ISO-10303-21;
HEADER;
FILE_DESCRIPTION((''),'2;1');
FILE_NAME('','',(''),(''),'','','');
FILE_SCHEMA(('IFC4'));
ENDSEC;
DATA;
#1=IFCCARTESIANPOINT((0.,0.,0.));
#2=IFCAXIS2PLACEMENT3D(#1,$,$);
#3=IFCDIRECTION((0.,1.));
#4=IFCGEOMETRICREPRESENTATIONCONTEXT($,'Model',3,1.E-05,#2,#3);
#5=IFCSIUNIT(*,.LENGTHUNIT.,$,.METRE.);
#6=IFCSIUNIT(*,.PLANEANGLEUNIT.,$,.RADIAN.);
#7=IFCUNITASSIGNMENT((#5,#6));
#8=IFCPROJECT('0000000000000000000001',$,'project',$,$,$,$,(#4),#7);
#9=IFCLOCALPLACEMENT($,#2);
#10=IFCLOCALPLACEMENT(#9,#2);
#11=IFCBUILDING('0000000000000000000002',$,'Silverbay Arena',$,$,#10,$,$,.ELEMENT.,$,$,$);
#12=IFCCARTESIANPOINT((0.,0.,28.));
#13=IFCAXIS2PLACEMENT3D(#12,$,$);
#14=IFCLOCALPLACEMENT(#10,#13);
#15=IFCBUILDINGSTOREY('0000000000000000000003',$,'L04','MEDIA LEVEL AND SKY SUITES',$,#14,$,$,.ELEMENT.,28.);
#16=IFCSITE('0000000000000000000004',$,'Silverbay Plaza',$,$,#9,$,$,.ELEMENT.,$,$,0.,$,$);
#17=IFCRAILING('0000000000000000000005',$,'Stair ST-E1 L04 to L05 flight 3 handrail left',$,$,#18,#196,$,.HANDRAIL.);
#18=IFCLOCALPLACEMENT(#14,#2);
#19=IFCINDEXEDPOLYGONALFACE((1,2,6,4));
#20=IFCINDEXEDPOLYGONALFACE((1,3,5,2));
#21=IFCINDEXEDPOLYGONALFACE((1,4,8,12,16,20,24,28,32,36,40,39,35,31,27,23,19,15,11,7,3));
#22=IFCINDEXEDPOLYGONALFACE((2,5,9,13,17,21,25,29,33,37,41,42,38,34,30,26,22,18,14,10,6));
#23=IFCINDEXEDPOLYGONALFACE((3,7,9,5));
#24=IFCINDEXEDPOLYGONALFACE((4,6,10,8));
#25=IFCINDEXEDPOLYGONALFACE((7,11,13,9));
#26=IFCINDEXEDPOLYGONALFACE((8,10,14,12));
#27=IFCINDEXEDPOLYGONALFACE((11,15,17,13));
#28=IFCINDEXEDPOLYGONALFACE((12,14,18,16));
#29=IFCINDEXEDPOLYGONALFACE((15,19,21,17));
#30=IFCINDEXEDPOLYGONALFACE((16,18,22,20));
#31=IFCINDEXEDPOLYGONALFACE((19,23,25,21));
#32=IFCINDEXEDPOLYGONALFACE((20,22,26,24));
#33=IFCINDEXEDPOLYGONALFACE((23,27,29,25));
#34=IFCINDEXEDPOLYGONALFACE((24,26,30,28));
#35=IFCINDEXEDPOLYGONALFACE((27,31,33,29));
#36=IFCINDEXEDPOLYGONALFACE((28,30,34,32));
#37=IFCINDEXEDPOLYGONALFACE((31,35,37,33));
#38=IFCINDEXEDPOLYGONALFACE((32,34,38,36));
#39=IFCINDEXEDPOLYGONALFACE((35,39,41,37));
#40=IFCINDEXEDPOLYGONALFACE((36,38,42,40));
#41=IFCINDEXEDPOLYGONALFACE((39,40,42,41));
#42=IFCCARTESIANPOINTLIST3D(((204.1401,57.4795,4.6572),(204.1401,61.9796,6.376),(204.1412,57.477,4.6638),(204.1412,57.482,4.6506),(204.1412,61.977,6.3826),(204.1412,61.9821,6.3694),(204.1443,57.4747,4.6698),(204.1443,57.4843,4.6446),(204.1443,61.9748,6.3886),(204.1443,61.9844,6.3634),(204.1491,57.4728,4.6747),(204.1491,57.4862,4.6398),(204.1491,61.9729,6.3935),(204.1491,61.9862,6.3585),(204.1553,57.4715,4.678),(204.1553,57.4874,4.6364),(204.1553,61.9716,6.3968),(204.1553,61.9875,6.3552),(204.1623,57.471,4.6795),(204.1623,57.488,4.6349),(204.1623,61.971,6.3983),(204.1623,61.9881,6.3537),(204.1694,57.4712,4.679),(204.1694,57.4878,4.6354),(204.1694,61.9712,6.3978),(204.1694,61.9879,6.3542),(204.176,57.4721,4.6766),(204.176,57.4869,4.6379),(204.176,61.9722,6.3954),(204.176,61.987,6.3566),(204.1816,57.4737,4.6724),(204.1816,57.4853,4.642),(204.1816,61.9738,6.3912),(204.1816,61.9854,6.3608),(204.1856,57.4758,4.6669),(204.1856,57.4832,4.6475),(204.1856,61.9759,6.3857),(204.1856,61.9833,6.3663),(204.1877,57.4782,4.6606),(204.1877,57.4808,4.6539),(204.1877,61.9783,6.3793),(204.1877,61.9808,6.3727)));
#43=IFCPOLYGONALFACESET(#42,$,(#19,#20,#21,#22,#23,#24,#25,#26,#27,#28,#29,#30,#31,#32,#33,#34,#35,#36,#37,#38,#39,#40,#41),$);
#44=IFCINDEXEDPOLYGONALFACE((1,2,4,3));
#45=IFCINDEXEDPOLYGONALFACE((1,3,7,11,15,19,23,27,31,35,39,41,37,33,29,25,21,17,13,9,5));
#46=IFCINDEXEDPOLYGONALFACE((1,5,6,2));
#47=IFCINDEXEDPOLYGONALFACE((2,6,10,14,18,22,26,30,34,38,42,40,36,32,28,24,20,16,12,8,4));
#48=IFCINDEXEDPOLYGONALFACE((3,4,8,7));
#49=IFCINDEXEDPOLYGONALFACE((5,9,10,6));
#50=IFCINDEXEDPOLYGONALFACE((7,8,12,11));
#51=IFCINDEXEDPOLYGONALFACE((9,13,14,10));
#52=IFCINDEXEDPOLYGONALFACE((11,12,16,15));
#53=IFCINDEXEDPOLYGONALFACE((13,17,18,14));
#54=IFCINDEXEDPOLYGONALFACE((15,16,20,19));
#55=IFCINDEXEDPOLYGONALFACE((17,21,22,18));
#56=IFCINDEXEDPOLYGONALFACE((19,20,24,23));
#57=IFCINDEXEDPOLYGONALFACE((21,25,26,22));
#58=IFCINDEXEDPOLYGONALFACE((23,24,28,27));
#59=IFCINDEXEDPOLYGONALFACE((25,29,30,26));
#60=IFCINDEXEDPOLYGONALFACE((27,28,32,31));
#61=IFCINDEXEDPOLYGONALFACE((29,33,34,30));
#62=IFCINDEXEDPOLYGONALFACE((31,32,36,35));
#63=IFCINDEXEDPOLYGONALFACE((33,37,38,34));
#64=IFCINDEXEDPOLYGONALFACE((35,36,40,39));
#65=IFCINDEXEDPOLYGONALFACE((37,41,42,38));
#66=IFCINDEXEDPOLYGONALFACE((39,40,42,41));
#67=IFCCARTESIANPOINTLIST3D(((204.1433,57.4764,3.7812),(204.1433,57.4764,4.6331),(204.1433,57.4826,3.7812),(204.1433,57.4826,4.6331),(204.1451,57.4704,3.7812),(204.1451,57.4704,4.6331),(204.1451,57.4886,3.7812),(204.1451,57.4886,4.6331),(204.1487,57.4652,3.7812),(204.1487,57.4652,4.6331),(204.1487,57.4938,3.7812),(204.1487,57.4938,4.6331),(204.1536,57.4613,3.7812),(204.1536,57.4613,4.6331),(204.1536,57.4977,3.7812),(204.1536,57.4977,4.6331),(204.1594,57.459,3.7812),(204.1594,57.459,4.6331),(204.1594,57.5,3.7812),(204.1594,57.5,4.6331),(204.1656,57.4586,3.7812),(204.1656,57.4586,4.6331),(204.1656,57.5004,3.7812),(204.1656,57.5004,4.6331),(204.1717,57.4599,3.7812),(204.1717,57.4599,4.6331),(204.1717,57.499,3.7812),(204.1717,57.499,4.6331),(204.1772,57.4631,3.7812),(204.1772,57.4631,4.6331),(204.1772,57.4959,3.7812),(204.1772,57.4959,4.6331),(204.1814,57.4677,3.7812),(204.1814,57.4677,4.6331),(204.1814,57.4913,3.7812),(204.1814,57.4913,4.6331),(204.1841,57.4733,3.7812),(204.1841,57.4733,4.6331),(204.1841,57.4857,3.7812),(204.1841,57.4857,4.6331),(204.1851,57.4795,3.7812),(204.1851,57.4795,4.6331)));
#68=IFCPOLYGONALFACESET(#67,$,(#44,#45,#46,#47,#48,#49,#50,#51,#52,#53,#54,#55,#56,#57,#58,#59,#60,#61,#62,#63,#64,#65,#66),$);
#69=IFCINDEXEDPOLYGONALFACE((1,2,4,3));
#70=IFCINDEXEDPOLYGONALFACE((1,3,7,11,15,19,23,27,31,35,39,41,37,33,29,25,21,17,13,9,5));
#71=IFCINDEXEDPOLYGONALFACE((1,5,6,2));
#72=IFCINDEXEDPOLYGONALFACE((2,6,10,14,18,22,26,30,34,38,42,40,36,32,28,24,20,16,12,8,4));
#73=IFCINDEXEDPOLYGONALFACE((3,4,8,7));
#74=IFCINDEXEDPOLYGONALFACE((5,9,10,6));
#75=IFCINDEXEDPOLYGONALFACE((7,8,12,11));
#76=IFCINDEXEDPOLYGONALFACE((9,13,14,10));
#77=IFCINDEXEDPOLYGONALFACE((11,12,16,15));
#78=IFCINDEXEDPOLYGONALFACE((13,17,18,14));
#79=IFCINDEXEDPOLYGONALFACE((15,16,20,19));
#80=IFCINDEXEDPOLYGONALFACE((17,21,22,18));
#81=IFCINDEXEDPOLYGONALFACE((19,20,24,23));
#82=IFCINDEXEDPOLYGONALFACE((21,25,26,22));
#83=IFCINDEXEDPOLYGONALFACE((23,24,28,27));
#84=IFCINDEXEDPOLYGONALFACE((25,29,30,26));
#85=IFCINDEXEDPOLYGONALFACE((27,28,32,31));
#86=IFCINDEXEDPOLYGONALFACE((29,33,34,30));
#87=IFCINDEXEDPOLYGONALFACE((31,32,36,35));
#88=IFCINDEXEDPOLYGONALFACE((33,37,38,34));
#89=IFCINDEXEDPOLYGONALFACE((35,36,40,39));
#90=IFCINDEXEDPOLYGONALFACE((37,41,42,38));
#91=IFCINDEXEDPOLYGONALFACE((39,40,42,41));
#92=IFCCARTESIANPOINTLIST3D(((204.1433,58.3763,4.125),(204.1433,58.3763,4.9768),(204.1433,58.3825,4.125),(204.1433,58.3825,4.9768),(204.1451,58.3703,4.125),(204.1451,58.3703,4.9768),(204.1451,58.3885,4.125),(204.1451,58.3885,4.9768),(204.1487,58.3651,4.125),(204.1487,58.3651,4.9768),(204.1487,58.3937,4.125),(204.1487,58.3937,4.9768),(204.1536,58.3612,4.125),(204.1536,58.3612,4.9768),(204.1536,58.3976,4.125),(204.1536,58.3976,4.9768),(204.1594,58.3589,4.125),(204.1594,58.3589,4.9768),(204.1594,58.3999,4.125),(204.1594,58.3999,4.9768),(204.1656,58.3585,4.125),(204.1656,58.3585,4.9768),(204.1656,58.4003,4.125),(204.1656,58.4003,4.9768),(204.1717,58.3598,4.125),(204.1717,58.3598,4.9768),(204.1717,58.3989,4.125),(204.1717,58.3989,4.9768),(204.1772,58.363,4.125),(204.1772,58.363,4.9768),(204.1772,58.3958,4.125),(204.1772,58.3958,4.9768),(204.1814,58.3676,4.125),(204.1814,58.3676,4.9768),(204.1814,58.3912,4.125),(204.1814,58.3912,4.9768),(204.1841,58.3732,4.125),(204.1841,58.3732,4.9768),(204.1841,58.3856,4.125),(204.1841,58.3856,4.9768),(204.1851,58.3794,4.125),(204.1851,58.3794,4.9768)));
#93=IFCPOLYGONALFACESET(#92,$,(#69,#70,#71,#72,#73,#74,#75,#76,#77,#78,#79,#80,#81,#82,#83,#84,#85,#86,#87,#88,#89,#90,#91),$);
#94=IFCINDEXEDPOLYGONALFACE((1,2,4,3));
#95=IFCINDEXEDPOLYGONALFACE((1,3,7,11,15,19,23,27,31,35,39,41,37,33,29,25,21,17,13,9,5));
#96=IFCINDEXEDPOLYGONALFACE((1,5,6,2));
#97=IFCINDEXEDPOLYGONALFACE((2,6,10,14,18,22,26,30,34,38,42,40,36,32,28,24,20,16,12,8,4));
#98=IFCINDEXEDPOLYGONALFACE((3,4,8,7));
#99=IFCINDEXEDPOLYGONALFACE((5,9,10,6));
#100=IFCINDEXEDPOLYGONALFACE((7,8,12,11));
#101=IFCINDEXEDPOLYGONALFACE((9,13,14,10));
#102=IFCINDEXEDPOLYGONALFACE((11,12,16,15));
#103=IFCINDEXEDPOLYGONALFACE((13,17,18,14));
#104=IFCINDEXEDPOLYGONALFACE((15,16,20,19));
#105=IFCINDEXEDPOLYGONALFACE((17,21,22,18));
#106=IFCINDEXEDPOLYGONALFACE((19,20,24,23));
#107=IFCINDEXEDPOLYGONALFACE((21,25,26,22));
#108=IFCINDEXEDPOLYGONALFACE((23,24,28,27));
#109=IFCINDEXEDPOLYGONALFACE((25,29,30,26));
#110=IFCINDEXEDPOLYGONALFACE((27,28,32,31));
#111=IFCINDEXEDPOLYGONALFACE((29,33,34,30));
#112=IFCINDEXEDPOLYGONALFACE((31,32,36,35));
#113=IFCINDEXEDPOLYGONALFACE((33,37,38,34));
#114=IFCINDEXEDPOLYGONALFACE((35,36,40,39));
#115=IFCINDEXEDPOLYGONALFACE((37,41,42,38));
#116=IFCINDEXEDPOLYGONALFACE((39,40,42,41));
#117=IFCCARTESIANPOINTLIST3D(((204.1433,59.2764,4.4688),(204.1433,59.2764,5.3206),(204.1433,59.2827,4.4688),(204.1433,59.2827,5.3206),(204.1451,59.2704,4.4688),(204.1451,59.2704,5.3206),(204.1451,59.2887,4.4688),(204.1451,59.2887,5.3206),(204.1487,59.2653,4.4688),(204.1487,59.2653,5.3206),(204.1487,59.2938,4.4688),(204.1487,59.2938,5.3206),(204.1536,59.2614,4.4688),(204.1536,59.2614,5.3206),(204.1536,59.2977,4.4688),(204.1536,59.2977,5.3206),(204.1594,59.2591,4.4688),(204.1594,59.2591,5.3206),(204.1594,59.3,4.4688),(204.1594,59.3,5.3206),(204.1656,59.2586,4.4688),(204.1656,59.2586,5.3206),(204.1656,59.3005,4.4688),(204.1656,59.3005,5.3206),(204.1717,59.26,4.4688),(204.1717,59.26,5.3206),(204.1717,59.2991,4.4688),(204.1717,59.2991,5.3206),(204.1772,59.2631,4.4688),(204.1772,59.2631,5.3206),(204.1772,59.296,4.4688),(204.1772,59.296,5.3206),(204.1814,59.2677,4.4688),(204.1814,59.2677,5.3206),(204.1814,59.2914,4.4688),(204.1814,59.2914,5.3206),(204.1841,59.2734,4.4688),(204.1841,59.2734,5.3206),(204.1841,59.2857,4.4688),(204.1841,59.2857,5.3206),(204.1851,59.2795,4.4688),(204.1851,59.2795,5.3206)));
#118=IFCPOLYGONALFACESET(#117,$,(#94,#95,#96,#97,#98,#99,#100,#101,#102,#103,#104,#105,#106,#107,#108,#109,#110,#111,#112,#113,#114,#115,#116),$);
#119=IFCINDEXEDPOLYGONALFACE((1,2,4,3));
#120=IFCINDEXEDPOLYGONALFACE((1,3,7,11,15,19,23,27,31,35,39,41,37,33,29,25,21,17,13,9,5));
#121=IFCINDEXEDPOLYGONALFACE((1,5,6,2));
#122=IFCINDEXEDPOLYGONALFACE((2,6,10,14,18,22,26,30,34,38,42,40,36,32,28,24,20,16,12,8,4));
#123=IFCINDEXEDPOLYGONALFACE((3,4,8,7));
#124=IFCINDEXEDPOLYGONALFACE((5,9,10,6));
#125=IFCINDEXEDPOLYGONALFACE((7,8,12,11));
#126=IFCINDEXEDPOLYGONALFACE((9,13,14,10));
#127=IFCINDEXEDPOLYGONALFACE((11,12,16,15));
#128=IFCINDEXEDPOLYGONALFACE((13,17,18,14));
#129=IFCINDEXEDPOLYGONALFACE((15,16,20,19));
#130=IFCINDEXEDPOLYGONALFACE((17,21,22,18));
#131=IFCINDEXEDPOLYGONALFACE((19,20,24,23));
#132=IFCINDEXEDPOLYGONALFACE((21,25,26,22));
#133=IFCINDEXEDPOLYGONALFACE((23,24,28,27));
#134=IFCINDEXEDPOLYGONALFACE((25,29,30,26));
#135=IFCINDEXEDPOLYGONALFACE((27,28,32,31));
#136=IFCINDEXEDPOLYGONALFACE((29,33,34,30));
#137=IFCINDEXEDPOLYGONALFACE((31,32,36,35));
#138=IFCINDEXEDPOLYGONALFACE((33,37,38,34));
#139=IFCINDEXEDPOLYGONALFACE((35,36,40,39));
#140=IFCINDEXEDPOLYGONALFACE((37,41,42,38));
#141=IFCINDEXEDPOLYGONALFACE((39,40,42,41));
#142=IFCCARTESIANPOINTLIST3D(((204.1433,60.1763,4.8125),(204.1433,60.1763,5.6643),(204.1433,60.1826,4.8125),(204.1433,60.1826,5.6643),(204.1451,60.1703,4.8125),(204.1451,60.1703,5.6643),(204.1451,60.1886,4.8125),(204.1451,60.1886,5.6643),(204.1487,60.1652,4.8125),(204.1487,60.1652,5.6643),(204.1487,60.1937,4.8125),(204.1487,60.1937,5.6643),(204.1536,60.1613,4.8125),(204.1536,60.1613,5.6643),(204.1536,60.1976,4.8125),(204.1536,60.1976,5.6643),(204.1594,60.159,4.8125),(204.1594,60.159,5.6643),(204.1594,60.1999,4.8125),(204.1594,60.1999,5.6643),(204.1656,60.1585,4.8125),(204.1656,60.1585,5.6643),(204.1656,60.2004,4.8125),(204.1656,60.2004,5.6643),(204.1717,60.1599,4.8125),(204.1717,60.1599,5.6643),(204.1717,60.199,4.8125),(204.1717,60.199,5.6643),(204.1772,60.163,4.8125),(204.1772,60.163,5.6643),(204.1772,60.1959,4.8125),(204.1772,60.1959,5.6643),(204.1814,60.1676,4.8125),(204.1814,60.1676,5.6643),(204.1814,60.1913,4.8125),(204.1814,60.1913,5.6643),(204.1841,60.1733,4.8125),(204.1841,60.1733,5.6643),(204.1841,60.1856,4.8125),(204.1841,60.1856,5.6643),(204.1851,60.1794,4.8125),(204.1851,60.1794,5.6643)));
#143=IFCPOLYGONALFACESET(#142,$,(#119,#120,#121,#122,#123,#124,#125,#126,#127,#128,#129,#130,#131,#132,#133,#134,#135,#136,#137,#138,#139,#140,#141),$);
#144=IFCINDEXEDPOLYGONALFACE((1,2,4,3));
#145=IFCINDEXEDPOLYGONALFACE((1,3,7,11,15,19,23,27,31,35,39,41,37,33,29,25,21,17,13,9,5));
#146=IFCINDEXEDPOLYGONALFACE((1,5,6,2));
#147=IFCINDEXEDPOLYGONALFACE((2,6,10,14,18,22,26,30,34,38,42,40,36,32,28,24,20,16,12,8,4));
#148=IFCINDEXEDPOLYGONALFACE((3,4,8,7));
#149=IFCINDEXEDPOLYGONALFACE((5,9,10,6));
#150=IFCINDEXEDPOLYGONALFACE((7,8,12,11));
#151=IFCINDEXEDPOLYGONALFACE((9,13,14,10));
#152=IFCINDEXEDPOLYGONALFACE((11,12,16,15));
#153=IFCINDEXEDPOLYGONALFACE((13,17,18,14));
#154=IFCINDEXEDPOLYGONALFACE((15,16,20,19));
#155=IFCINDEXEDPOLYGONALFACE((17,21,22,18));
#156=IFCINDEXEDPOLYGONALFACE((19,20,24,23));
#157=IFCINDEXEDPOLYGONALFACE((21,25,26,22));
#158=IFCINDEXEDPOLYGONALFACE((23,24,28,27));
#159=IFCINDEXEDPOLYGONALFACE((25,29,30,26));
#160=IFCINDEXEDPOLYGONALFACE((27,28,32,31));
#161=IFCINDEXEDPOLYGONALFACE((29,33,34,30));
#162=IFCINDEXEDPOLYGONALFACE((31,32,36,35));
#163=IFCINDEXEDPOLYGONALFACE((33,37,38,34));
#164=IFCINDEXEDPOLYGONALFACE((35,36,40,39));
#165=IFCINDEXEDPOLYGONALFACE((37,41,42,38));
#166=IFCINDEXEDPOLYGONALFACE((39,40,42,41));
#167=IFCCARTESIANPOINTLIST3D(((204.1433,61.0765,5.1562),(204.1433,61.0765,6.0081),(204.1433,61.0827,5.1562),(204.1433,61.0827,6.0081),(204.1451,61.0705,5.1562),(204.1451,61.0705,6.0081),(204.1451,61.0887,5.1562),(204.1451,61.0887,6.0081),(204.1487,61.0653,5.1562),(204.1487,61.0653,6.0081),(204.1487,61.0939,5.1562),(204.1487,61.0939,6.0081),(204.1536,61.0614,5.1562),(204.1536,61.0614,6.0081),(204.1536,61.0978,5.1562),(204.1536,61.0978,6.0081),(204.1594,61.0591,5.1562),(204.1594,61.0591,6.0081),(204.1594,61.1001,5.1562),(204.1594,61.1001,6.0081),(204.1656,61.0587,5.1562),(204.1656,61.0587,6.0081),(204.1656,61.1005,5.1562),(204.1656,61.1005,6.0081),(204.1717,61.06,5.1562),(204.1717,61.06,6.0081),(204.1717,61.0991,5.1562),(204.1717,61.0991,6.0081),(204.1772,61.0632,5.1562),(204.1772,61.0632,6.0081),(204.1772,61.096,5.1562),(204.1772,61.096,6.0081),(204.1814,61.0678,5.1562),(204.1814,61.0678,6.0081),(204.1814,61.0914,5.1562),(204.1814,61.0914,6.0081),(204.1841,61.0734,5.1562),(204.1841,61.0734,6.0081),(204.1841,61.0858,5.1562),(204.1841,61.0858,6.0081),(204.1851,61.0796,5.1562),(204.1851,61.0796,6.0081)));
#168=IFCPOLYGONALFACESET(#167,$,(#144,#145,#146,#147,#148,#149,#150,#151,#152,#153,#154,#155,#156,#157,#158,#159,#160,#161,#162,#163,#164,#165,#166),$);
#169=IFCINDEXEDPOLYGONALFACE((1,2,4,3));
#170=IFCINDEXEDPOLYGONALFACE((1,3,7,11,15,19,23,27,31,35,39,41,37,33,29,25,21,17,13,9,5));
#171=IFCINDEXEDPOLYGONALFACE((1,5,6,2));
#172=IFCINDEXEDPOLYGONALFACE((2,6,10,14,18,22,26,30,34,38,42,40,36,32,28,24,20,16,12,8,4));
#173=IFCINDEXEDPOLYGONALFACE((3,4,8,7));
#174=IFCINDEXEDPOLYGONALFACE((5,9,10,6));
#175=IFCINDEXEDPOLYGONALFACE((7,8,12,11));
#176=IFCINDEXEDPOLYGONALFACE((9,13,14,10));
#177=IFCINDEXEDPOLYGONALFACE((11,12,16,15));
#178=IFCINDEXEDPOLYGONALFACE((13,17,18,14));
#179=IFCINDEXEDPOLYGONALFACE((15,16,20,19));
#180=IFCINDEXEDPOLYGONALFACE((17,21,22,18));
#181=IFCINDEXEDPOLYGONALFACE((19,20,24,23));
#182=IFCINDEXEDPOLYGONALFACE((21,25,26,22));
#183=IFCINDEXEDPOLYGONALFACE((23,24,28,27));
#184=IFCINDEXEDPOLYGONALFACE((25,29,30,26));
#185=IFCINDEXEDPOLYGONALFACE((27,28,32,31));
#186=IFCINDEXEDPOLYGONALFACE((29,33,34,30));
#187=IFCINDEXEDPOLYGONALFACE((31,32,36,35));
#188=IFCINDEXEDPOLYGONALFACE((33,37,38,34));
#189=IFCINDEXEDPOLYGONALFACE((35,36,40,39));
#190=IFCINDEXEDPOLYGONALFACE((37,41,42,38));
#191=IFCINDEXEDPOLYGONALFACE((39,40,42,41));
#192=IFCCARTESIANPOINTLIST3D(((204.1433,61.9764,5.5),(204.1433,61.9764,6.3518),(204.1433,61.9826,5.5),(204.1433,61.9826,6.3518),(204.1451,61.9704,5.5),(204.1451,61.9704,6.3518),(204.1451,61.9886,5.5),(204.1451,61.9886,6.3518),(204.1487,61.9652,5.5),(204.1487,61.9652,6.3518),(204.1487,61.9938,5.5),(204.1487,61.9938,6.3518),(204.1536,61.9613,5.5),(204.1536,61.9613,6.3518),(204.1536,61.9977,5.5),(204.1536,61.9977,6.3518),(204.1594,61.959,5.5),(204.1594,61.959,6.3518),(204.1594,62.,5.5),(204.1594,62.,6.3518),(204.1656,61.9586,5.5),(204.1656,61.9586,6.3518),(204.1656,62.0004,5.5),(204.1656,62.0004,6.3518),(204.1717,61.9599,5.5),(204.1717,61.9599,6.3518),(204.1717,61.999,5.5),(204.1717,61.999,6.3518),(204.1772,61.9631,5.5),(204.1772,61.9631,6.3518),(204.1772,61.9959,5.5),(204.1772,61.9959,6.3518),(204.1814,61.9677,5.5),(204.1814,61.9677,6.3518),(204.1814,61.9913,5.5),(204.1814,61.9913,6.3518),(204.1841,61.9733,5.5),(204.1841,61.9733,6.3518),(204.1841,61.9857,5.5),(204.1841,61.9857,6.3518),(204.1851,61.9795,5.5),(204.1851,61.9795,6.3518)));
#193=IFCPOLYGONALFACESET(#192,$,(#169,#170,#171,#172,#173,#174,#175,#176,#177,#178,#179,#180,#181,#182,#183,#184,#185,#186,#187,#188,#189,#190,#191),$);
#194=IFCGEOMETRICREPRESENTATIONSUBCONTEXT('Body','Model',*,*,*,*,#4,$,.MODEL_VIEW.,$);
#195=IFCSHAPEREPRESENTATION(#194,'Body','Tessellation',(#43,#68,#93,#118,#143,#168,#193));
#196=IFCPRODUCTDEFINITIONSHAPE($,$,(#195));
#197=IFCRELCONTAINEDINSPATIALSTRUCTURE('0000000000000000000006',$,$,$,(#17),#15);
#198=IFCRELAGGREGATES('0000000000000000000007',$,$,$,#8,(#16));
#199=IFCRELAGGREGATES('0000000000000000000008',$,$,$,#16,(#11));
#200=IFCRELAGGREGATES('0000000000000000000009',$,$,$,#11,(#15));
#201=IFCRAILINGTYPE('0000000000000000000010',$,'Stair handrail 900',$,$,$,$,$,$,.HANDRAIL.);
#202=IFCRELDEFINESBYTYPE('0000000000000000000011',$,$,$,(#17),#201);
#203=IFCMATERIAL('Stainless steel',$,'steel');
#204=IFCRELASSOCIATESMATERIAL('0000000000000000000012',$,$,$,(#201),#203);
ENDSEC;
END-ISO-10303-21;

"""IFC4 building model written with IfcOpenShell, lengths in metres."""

from ifc_helpers import new_model, si_unit, direction, frame, origin, origin_2d, place, context, subcontext, project, spatial, circle, extrude, material, type_object, element, save


model = new_model("IFC4")

# Units and contexts
model_context = context("Model", 3, precision=1e-05, world=origin(), true_north=direction((0.0, 1.0)))
body_context = subcontext(model_context, "Body", "Model", "MODEL_VIEW")
ifc_project = project(units=[si_unit("LENGTHUNIT", "METRE"), si_unit("PLANEANGLEUNIT", "RADIAN")], contexts=[model_context])

# Site, building, storey
site_placement = place(None, origin())
site = spatial("IfcSite", under=ifc_project, at=site_placement, Name="Silverbay Plaza", CompositionType="ELEMENT", RefElevation=0.0)
building_placement = place(site_placement, origin())
building = spatial("IfcBuilding", under=site, at=building_placement, Name="Silverbay Arena", CompositionType="ELEMENT")
storey_placement = place(building_placement, frame((0.0, 0.0, 28.0)))
storey = spatial("IfcBuildingStorey", under=building, at=storey_placement, Name="L04", Description="MEDIA LEVEL AND SKY SUITES", CompositionType="ELEMENT", Elevation=28.0)

# Railing
ifc_material_1 = material(Name="Stainless steel", Category="steel")
railing_type_1 = type_object("IfcRailingType", Name="Stair handrail 900", PredefinedType="HANDRAIL", material=ifc_material_1)
for number, where, name in (
    (1, (204.1641, 57.4795, 3.7812), "Stair ST-E1 L04 to L05 flight 3 handrail left"),
):
    element("IfcRailing", number, at=place(storey_placement, frame(where)), inside=storey, type_object=railing_type_1, Name=name, PredefinedType="HANDRAIL", context=body_context, shape_type="SweptSolid", body=[
        extrude(circle(Radius=0.0239, at=origin_2d()), frame((0.0, 0.0, 0.876), z_axis=(0.0, 0.934179, 0.356805), x_axis=(-1.0, 0.0, 0.0)), (0.0, 0.0, 1.0), 4.8171),
        extrude(circle(Radius=0.021, at=origin_2d()), origin(), (0.0, 0.0, 1.0), 0.8518),
        extrude(circle(Radius=0.021, at=origin_2d()), frame((0.0, 0.8999, 0.3438)), (0.0, 0.0, 1.0), 0.8518),
        extrude(circle(Radius=0.021, at=origin_2d()), frame((0.0, 1.8, 0.6875)), (0.0, 0.0, 1.0), 0.8518),
        extrude(circle(Radius=0.021, at=origin_2d()), frame((0.0, 2.7, 1.0312)), (0.0, 0.0, 1.0), 0.8518),
        extrude(circle(Radius=0.021, at=origin_2d()), frame((0.0, 3.6001, 1.375)), (0.0, 0.0, 1.0), 0.8518),
        extrude(circle(Radius=0.021, at=origin_2d()), frame((0.0, 4.5, 1.7188)), (0.0, 0.0, 1.0), 0.8518),
    ])

save(model, "model.ifc")
